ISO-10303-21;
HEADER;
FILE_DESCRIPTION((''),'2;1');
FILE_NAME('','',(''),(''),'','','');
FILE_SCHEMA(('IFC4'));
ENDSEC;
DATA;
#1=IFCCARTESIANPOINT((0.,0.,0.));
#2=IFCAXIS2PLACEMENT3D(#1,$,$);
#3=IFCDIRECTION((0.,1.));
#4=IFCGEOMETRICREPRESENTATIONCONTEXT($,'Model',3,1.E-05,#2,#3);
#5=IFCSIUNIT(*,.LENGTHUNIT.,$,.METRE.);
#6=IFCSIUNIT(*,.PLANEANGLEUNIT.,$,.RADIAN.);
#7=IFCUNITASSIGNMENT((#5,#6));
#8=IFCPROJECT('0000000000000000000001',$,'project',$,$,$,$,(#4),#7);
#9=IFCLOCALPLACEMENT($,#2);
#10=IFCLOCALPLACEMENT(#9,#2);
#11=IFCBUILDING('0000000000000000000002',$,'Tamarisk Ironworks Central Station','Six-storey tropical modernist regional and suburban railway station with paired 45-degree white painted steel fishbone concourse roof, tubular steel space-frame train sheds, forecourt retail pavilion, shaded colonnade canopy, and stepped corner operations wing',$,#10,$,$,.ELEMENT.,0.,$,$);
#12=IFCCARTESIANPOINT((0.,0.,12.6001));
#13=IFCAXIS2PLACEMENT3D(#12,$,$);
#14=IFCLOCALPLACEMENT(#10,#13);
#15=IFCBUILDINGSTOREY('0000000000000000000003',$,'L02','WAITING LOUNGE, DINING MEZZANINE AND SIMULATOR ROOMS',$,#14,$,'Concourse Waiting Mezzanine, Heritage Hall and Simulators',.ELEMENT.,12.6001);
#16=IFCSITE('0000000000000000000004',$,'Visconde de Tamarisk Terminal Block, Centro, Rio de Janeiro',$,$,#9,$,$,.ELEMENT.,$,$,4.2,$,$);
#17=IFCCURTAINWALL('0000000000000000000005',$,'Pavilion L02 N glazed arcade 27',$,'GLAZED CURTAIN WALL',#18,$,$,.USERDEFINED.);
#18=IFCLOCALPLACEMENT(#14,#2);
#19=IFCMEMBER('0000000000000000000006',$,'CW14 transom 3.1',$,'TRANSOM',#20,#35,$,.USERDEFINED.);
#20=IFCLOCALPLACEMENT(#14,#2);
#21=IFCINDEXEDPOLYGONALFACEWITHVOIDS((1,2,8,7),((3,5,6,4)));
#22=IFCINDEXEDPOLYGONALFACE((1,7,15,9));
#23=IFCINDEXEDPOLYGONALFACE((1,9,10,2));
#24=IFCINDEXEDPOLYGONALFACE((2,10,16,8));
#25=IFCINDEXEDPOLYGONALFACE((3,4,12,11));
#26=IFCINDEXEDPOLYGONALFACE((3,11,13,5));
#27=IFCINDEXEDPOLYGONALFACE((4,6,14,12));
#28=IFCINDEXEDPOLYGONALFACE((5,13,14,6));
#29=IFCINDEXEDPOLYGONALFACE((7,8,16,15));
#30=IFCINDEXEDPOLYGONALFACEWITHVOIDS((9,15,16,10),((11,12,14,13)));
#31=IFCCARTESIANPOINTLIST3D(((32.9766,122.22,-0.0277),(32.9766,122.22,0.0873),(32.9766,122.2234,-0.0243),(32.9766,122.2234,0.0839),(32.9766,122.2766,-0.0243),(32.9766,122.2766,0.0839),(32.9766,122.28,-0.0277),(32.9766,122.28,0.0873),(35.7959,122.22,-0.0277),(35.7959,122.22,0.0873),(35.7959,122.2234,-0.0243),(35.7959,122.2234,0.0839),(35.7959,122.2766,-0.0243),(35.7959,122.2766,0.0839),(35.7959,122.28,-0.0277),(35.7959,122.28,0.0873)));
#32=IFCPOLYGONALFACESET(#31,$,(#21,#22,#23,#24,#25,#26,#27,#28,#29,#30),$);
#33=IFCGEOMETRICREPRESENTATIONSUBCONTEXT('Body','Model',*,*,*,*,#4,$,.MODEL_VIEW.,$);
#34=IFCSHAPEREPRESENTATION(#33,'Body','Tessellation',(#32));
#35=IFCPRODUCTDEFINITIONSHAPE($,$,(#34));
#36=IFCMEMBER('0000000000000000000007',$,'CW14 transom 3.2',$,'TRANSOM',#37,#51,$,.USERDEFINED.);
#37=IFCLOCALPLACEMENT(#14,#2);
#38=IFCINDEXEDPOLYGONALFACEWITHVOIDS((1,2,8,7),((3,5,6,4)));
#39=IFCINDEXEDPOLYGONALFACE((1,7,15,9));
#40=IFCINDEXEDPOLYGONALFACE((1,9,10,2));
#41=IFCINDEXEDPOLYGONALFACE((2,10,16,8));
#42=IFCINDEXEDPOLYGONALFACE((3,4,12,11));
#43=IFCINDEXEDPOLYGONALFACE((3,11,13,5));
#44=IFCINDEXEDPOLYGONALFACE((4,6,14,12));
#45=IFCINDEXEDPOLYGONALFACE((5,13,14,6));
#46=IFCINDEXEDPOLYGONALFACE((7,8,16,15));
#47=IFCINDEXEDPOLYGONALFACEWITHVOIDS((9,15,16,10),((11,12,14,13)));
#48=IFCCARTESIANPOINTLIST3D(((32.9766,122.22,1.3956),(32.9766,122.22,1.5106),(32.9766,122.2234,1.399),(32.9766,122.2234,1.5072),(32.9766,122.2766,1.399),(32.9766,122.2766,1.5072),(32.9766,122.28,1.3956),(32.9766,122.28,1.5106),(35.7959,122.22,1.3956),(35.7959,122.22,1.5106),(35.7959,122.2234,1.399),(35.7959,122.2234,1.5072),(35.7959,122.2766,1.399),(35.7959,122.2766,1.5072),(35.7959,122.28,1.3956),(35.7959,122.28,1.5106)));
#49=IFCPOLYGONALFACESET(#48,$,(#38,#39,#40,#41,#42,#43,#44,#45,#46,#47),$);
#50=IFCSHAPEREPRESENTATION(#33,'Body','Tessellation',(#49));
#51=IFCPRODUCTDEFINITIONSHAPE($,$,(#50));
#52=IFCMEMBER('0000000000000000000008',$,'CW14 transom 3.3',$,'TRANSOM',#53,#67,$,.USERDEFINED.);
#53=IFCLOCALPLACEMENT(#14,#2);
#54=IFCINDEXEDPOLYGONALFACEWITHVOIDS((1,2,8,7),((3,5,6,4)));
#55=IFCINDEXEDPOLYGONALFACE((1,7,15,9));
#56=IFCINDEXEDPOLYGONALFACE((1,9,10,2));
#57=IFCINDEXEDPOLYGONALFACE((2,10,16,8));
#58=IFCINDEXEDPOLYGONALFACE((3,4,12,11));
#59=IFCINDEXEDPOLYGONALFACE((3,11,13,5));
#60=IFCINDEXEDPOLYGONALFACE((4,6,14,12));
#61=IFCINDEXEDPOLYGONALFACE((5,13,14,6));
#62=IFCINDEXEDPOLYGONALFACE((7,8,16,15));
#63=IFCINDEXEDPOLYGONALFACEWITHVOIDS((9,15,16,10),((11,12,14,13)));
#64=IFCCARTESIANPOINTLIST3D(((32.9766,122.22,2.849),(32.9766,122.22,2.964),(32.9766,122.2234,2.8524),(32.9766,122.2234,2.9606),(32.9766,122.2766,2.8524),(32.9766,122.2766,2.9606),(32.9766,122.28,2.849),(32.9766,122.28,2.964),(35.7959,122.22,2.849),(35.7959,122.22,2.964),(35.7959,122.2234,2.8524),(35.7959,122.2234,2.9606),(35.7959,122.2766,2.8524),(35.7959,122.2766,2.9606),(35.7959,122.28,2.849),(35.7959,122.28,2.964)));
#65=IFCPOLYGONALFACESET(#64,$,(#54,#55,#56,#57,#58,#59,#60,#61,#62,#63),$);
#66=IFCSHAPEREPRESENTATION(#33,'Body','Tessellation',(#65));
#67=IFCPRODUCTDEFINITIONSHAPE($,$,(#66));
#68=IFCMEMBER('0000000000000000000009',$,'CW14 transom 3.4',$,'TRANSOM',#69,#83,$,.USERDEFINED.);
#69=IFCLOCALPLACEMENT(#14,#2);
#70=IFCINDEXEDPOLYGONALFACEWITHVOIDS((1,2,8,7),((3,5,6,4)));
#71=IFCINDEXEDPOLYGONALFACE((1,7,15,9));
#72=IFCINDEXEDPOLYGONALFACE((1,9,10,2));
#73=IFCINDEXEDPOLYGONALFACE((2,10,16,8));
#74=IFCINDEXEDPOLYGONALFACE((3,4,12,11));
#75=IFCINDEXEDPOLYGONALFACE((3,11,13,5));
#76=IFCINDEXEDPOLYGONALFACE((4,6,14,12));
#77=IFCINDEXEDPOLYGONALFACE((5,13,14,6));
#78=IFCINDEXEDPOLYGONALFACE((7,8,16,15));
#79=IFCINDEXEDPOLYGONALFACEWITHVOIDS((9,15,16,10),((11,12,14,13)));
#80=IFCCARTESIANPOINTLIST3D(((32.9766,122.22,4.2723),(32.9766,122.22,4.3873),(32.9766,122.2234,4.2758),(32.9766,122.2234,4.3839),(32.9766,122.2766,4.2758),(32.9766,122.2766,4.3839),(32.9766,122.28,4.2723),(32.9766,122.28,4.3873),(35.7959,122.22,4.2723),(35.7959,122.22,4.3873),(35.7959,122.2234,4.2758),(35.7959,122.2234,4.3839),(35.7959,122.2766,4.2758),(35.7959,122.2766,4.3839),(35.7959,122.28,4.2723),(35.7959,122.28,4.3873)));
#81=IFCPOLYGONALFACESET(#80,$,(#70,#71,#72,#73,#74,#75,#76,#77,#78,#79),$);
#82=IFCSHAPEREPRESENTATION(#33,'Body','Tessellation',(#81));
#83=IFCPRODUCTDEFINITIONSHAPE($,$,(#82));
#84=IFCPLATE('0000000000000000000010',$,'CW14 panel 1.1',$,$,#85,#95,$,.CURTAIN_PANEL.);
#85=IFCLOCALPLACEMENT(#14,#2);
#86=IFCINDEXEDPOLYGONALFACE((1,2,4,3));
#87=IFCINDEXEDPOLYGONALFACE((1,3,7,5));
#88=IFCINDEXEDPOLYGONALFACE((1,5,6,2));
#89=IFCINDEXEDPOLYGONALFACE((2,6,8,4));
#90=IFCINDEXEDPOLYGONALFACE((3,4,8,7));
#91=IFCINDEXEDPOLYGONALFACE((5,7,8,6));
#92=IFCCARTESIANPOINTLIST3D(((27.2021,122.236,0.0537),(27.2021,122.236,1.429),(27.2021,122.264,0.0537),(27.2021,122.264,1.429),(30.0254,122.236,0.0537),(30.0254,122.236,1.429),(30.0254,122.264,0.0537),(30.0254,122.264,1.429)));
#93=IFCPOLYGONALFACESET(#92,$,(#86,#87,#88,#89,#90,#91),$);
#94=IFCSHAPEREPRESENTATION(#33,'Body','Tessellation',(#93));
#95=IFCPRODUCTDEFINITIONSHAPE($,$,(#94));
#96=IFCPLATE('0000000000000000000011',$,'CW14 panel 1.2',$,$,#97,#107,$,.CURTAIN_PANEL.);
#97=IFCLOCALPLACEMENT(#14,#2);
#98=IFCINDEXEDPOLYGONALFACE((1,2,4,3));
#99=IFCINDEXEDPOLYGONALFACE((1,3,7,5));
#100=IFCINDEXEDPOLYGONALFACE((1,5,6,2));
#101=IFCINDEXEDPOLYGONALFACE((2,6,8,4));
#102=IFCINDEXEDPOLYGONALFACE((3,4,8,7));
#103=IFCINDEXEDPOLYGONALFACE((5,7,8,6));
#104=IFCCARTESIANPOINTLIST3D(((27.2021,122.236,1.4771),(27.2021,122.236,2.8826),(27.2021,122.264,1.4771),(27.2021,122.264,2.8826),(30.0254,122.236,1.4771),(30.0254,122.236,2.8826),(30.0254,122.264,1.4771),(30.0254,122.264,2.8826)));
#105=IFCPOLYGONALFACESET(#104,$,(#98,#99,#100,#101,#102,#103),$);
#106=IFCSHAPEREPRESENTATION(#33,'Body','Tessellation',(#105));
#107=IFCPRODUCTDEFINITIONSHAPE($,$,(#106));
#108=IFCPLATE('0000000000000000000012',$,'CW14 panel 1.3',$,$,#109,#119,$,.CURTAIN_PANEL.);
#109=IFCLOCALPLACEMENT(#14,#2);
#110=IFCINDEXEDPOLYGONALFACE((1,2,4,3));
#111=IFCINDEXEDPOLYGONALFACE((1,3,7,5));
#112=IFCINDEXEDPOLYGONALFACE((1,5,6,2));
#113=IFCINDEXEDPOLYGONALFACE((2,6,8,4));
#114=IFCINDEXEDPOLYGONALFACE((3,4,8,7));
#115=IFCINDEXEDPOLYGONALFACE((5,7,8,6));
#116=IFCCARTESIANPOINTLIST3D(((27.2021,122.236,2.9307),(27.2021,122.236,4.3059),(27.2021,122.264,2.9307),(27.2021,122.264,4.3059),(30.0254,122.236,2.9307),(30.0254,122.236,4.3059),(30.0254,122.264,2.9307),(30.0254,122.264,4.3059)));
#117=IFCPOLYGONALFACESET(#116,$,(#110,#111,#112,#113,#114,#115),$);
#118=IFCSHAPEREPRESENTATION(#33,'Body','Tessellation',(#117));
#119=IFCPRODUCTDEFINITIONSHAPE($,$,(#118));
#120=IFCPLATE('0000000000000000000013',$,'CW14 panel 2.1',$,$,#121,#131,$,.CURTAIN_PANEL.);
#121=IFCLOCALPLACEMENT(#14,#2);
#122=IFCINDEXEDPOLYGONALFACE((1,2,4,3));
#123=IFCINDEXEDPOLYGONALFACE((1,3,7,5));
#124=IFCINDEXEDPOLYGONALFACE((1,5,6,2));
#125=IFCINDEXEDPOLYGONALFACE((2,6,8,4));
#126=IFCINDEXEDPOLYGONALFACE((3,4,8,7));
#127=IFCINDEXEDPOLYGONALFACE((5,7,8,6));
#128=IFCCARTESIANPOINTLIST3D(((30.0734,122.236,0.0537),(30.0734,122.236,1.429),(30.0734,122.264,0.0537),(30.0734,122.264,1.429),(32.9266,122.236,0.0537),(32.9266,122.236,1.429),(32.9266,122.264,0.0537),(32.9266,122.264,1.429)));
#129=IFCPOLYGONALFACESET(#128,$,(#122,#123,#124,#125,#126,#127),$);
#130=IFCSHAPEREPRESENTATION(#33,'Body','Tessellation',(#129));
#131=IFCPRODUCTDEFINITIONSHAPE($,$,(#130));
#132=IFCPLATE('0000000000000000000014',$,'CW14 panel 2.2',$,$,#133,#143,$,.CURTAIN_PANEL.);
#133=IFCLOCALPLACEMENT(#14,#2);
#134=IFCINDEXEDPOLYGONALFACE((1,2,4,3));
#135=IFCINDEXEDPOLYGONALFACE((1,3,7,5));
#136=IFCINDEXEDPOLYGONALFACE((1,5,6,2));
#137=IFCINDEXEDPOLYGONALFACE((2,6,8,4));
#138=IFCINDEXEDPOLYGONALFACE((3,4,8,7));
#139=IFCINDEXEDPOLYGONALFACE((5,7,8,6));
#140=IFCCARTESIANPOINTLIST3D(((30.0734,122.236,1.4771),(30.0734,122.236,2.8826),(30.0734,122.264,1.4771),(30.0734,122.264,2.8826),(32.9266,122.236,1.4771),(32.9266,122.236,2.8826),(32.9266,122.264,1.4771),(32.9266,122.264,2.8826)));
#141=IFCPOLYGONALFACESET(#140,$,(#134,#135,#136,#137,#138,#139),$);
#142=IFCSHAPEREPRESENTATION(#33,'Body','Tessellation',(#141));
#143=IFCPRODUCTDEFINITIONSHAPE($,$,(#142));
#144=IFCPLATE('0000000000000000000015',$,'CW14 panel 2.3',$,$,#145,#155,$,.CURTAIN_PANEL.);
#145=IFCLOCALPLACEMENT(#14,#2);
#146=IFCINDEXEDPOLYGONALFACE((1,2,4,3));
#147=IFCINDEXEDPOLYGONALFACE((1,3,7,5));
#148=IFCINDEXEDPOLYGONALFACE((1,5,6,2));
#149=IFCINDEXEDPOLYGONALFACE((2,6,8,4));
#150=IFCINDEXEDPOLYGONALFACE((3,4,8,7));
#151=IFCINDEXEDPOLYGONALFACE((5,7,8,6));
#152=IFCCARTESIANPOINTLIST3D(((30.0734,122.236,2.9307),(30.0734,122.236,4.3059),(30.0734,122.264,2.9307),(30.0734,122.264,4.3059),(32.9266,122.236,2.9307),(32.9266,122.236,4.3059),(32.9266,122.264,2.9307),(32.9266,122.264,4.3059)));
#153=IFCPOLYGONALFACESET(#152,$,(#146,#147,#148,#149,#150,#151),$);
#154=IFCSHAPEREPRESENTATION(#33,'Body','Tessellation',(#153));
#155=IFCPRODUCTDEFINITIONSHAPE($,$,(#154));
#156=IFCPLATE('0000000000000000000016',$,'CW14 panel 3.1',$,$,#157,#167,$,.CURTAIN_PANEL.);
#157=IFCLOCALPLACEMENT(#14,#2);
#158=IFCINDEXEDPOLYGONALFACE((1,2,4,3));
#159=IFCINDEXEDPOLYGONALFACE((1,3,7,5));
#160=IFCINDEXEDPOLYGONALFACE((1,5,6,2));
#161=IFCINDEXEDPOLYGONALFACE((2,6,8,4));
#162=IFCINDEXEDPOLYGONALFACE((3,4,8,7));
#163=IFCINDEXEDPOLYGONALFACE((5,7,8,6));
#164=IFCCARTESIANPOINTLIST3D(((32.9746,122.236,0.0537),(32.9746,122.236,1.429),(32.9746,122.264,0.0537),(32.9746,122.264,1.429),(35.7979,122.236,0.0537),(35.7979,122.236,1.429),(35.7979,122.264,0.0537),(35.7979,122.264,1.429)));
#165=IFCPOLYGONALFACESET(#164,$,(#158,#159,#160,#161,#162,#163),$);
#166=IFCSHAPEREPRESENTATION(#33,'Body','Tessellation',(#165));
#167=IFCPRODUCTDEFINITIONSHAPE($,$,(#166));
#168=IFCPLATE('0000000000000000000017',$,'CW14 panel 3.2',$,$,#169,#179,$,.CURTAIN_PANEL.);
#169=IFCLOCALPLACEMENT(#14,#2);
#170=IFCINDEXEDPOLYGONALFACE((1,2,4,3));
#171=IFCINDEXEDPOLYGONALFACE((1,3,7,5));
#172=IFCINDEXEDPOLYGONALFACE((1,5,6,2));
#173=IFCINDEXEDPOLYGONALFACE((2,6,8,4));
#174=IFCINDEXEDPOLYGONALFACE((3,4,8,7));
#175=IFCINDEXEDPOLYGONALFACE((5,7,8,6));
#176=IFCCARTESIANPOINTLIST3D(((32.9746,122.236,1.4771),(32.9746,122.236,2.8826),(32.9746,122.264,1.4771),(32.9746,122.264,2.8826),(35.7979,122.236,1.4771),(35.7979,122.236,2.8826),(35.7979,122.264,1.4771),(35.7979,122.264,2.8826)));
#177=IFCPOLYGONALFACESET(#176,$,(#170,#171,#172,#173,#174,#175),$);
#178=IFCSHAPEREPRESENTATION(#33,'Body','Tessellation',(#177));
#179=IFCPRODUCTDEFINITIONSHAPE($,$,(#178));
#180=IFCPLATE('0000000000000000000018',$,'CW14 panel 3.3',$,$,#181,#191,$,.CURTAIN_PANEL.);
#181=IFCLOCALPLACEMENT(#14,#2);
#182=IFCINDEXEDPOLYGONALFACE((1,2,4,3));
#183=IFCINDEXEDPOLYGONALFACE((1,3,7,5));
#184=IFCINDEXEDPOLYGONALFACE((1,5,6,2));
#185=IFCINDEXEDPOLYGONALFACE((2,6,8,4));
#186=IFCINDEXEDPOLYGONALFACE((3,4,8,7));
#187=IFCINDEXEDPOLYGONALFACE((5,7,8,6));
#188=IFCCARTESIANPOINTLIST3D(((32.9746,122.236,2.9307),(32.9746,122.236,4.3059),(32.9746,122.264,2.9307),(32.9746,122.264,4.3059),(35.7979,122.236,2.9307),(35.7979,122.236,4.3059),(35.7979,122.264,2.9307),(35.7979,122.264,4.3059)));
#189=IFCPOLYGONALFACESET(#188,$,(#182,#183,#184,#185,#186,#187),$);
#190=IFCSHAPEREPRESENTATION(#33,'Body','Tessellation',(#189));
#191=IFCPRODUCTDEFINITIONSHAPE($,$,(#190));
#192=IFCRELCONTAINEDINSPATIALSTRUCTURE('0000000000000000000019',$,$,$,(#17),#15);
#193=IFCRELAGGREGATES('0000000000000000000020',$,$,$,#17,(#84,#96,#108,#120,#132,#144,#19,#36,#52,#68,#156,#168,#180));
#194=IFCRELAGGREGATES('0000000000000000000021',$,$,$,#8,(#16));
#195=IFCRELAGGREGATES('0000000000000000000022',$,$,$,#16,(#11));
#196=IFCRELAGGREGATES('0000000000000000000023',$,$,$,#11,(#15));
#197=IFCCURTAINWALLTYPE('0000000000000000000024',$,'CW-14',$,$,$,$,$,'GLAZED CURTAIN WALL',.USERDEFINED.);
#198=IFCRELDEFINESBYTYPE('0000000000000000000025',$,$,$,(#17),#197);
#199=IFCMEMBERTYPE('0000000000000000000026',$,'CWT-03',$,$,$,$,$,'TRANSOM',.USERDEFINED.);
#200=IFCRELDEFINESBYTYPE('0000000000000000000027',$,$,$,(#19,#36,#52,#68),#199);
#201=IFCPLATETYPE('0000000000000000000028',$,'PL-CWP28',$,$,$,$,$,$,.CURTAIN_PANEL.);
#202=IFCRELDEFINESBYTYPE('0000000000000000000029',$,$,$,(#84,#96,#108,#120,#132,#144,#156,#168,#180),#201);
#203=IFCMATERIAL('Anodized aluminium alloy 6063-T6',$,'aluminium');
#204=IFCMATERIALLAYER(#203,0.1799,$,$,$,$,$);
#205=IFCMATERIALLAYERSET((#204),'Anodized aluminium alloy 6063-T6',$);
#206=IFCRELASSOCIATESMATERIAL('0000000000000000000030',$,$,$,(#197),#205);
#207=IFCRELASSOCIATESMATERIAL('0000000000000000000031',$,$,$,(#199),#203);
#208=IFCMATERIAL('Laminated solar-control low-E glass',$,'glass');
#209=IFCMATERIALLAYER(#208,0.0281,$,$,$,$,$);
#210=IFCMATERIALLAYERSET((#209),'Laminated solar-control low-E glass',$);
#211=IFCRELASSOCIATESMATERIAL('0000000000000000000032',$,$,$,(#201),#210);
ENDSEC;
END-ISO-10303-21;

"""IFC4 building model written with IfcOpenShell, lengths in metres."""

from ifc_helpers import new_model, si_unit, direction, frame, origin, origin_2d, place, context, subcontext, project, spatial, rectangle, hollow_rectangle, extrude, material, layer, layer_set, material_profile, profile_set, type_object, element, aggregate, save


model = new_model("IFC4")

# Units and contexts
model_context = context("Model", 3, precision=1e-05, world=origin(), true_north=direction((0.0, 1.0)))
body_context = subcontext(model_context, "Body", "Model", "MODEL_VIEW")
ifc_project = project(units=[si_unit("LENGTHUNIT", "METRE"), si_unit("PLANEANGLEUNIT", "RADIAN")], contexts=[model_context])

# Site, building, storey
site_placement = place(None, origin())
site = spatial("IfcSite", under=ifc_project, at=site_placement, Name="Visconde de Tamarisk Terminal Block, Centro, Rio de Janeiro", CompositionType="ELEMENT", RefElevation=4.2)
building_placement = place(site_placement, origin())
building = spatial("IfcBuilding", under=site, at=building_placement, Name="Tamarisk Ironworks Central Station", Description="Six-storey tropical modernist regional and suburban railway station with paired 45-degree white painted steel fishbone concourse roof, tubular steel space-frame train sheds, forecourt retail pavilion, shaded colonnade canopy, and stepped corner operations wing", CompositionType="ELEMENT", ElevationOfRefHeight=0.0)
storey_placement = place(building_placement, frame((0.0, 0.0, 12.6001)))
storey = spatial("IfcBuildingStorey", under=building, at=storey_placement, Name="L02", Description="WAITING LOUNGE, DINING MEZZANINE AND SIMULATOR ROOMS", LongName="Concourse Waiting Mezzanine, Heritage Hall and Simulators", CompositionType="ELEMENT", Elevation=12.6001)

# Curtain wall, members, plates
ifc_material_1 = material(Name="Anodized aluminium alloy 6063-T6", Category="aluminium")
ifc_layer_1 = layer(ifc_material_1, 0.1799)
ifc_layer_set_1 = layer_set([ifc_layer_1], Name="Anodized aluminium alloy 6063-T6")
curtain_wall_type = type_object("IfcCurtainWallType", Name="CW-14", ElementType="GLAZED CURTAIN WALL", PredefinedType="USERDEFINED", material=ifc_layer_set_1)
curtain_wall_placement = place(storey_placement, origin())
curtain_wall = element("IfcCurtainWall", 1, at=curtain_wall_placement, inside=storey, type_object=curtain_wall_type, Name="Pavilion L02 N glazed arcade 27", ObjectType="GLAZED CURTAIN WALL", PredefinedType="USERDEFINED")
ifc_material_profile_1 = material_profile(ifc_material_1, hollow_rectangle(XDim=0.0601, YDim=0.115, WallThickness=0.0034, at=origin_2d()), Name="ALUM 115x60")
ifc_profile_set_1 = profile_set([ifc_material_profile_1], Name="Anodized aluminium alloy 6063-T6")
member_type_1 = type_object("IfcMemberType", Name="CWT-03", ElementType="TRANSOM", PredefinedType="USERDEFINED", material=ifc_profile_set_1)
member_1_placement = place(storey_placement, frame((32.9766, 122.25, 0.0298), z_axis=(1.0, 0.0, 0.0), x_axis=(0.0, 1.0, 0.0)))
member_1 = element("IfcMember", 2, at=member_1_placement, type_object=member_type_1, Name="CW14 transom 3.1", ObjectType="TRANSOM", PredefinedType="USERDEFINED", context=body_context, shape_type="SweptSolid", body=[
    extrude(hollow_rectangle(XDim=0.0601, YDim=0.115, WallThickness=0.0034, at=origin_2d()), origin(), (0.0, 0.0, 1.0), 2.8193),
])
member_2_placement = place(storey_placement, frame((32.9766, 122.25, 1.4531), z_axis=(1.0, 0.0, 0.0), x_axis=(0.0, 1.0, 0.0)))
member_2 = element("IfcMember", 3, at=member_2_placement, type_object=member_type_1, Name="CW14 transom 3.2", ObjectType="TRANSOM", PredefinedType="USERDEFINED", context=body_context, shape_type="SweptSolid", body=[
    extrude(hollow_rectangle(XDim=0.0601, YDim=0.115, WallThickness=0.0034, at=origin_2d()), origin(), (0.0, 0.0, 1.0), 2.8193),
])
member_3_placement = place(storey_placement, frame((32.9766, 122.25, 2.9065), z_axis=(1.0, 0.0, 0.0), x_axis=(0.0, 1.0, 0.0)))
member_3 = element("IfcMember", 4, at=member_3_placement, type_object=member_type_1, Name="CW14 transom 3.3", ObjectType="TRANSOM", PredefinedType="USERDEFINED", context=body_context, shape_type="SweptSolid", body=[
    extrude(hollow_rectangle(XDim=0.0601, YDim=0.115, WallThickness=0.0034, at=origin_2d()), origin(), (0.0, 0.0, 1.0), 2.8193),
])
member_4_placement = place(storey_placement, frame((32.9766, 122.25, 4.3298), z_axis=(1.0, 0.0, 0.0), x_axis=(0.0, 1.0, 0.0)))
member_4 = element("IfcMember", 5, at=member_4_placement, type_object=member_type_1, Name="CW14 transom 3.4", ObjectType="TRANSOM", PredefinedType="USERDEFINED", context=body_context, shape_type="SweptSolid", body=[
    extrude(hollow_rectangle(XDim=0.0601, YDim=0.115, WallThickness=0.0034, at=origin_2d()), origin(), (0.0, 0.0, 1.0), 2.8193),
])
ifc_material_2 = material(Name="Laminated solar-control low-E glass", Category="glass")
ifc_layer_2 = layer(ifc_material_2, 0.0281)
ifc_layer_set_2 = layer_set([ifc_layer_2], Name="Laminated solar-control low-E glass")
plate_type = type_object("IfcPlateType", Name="PL-CWP28", PredefinedType="CURTAIN_PANEL", material=ifc_layer_set_2)
plate_1_placement = place(storey_placement, frame((28.6138, 122.25, 0.0537), z_axis=(0.0, 0.0, 1.0), x_axis=(1.0, 0.0, 0.0)))
plate_1 = element("IfcPlate", 6, at=plate_1_placement, type_object=plate_type, Name="CW14 panel 1.1", PredefinedType="CURTAIN_PANEL", context=body_context, shape_type="SweptSolid", body=[
    extrude(rectangle(XDim=2.8232, YDim=0.0281, at=origin_2d()), origin(), (0.0, 0.0, 1.0), 1.3752),
])
plate_2_placement = place(storey_placement, frame((28.6138, 122.25, 1.4771), z_axis=(0.0, 0.0, 1.0), x_axis=(1.0, 0.0, 0.0)))
plate_2 = element("IfcPlate", 7, at=plate_2_placement, type_object=plate_type, Name="CW14 panel 1.2", PredefinedType="CURTAIN_PANEL", context=body_context, shape_type="SweptSolid", body=[
    extrude(rectangle(XDim=2.8232, YDim=0.0281, at=origin_2d()), origin(), (0.0, 0.0, 1.0), 1.4055),
])
plate_3_placement = place(storey_placement, frame((28.6138, 122.25, 2.9307), z_axis=(0.0, 0.0, 1.0), x_axis=(1.0, 0.0, 0.0)))
plate_3 = element("IfcPlate", 8, at=plate_3_placement, type_object=plate_type, Name="CW14 panel 1.3", PredefinedType="CURTAIN_PANEL", context=body_context, shape_type="SweptSolid", body=[
    extrude(rectangle(XDim=2.8232, YDim=0.0281, at=origin_2d()), origin(), (0.0, 0.0, 1.0), 1.3752),
])
plate_4_placement = place(storey_placement, frame((31.5, 122.25, 0.0537), z_axis=(0.0, 0.0, 1.0), x_axis=(1.0, 0.0, 0.0)))
plate_4 = element("IfcPlate", 9, at=plate_4_placement, type_object=plate_type, Name="CW14 panel 2.1", PredefinedType="CURTAIN_PANEL", context=body_context, shape_type="SweptSolid", body=[
    extrude(rectangle(XDim=2.8533, YDim=0.0281, at=origin_2d()), origin(), (0.0, 0.0, 1.0), 1.3752),
])
plate_5_placement = place(storey_placement, frame((31.5, 122.25, 1.4771), z_axis=(0.0, 0.0, 1.0), x_axis=(1.0, 0.0, 0.0)))
plate_5 = element("IfcPlate", 10, at=plate_5_placement, type_object=plate_type, Name="CW14 panel 2.2", PredefinedType="CURTAIN_PANEL", context=body_context, shape_type="SweptSolid", body=[
    extrude(rectangle(XDim=2.8533, YDim=0.0281, at=origin_2d()), origin(), (0.0, 0.0, 1.0), 1.4055),
])
plate_6_placement = place(storey_placement, frame((31.5, 122.25, 2.9307), z_axis=(0.0, 0.0, 1.0), x_axis=(1.0, 0.0, 0.0)))
plate_6 = element("IfcPlate", 11, at=plate_6_placement, type_object=plate_type, Name="CW14 panel 2.3", PredefinedType="CURTAIN_PANEL", context=body_context, shape_type="SweptSolid", body=[
    extrude(rectangle(XDim=2.8533, YDim=0.0281, at=origin_2d()), origin(), (0.0, 0.0, 1.0), 1.3752),
])
plate_7_placement = place(storey_placement, frame((34.3862, 122.25, 0.0537), z_axis=(0.0, 0.0, 1.0), x_axis=(1.0, 0.0, 0.0)))
plate_7 = element("IfcPlate", 12, at=plate_7_placement, type_object=plate_type, Name="CW14 panel 3.1", PredefinedType="CURTAIN_PANEL", context=body_context, shape_type="SweptSolid", body=[
    extrude(rectangle(XDim=2.8232, YDim=0.0281, at=origin_2d()), origin(), (0.0, 0.0, 1.0), 1.3752),
])
plate_8_placement = place(storey_placement, frame((34.3862, 122.25, 1.4771), z_axis=(0.0, 0.0, 1.0), x_axis=(1.0, 0.0, 0.0)))
plate_8 = element("IfcPlate", 13, at=plate_8_placement, type_object=plate_type, Name="CW14 panel 3.2", PredefinedType="CURTAIN_PANEL", context=body_context, shape_type="SweptSolid", body=[
    extrude(rectangle(XDim=2.8232, YDim=0.0281, at=origin_2d()), origin(), (0.0, 0.0, 1.0), 1.4055),
])
plate_9_placement = place(storey_placement, frame((34.3862, 122.25, 2.9307), z_axis=(0.0, 0.0, 1.0), x_axis=(1.0, 0.0, 0.0)))
plate_9 = element("IfcPlate", 14, at=plate_9_placement, type_object=plate_type, Name="CW14 panel 3.3", PredefinedType="CURTAIN_PANEL", context=body_context, shape_type="SweptSolid", body=[
    extrude(rectangle(XDim=2.8232, YDim=0.0281, at=origin_2d()), origin(), (0.0, 0.0, 1.0), 1.3752),
])
aggregate(curtain_wall, [plate_1, plate_2, plate_3, plate_4, plate_5, plate_6, member_1, member_2, member_3, member_4, plate_7, plate_8, plate_9])

save(model, "model.ifc")
